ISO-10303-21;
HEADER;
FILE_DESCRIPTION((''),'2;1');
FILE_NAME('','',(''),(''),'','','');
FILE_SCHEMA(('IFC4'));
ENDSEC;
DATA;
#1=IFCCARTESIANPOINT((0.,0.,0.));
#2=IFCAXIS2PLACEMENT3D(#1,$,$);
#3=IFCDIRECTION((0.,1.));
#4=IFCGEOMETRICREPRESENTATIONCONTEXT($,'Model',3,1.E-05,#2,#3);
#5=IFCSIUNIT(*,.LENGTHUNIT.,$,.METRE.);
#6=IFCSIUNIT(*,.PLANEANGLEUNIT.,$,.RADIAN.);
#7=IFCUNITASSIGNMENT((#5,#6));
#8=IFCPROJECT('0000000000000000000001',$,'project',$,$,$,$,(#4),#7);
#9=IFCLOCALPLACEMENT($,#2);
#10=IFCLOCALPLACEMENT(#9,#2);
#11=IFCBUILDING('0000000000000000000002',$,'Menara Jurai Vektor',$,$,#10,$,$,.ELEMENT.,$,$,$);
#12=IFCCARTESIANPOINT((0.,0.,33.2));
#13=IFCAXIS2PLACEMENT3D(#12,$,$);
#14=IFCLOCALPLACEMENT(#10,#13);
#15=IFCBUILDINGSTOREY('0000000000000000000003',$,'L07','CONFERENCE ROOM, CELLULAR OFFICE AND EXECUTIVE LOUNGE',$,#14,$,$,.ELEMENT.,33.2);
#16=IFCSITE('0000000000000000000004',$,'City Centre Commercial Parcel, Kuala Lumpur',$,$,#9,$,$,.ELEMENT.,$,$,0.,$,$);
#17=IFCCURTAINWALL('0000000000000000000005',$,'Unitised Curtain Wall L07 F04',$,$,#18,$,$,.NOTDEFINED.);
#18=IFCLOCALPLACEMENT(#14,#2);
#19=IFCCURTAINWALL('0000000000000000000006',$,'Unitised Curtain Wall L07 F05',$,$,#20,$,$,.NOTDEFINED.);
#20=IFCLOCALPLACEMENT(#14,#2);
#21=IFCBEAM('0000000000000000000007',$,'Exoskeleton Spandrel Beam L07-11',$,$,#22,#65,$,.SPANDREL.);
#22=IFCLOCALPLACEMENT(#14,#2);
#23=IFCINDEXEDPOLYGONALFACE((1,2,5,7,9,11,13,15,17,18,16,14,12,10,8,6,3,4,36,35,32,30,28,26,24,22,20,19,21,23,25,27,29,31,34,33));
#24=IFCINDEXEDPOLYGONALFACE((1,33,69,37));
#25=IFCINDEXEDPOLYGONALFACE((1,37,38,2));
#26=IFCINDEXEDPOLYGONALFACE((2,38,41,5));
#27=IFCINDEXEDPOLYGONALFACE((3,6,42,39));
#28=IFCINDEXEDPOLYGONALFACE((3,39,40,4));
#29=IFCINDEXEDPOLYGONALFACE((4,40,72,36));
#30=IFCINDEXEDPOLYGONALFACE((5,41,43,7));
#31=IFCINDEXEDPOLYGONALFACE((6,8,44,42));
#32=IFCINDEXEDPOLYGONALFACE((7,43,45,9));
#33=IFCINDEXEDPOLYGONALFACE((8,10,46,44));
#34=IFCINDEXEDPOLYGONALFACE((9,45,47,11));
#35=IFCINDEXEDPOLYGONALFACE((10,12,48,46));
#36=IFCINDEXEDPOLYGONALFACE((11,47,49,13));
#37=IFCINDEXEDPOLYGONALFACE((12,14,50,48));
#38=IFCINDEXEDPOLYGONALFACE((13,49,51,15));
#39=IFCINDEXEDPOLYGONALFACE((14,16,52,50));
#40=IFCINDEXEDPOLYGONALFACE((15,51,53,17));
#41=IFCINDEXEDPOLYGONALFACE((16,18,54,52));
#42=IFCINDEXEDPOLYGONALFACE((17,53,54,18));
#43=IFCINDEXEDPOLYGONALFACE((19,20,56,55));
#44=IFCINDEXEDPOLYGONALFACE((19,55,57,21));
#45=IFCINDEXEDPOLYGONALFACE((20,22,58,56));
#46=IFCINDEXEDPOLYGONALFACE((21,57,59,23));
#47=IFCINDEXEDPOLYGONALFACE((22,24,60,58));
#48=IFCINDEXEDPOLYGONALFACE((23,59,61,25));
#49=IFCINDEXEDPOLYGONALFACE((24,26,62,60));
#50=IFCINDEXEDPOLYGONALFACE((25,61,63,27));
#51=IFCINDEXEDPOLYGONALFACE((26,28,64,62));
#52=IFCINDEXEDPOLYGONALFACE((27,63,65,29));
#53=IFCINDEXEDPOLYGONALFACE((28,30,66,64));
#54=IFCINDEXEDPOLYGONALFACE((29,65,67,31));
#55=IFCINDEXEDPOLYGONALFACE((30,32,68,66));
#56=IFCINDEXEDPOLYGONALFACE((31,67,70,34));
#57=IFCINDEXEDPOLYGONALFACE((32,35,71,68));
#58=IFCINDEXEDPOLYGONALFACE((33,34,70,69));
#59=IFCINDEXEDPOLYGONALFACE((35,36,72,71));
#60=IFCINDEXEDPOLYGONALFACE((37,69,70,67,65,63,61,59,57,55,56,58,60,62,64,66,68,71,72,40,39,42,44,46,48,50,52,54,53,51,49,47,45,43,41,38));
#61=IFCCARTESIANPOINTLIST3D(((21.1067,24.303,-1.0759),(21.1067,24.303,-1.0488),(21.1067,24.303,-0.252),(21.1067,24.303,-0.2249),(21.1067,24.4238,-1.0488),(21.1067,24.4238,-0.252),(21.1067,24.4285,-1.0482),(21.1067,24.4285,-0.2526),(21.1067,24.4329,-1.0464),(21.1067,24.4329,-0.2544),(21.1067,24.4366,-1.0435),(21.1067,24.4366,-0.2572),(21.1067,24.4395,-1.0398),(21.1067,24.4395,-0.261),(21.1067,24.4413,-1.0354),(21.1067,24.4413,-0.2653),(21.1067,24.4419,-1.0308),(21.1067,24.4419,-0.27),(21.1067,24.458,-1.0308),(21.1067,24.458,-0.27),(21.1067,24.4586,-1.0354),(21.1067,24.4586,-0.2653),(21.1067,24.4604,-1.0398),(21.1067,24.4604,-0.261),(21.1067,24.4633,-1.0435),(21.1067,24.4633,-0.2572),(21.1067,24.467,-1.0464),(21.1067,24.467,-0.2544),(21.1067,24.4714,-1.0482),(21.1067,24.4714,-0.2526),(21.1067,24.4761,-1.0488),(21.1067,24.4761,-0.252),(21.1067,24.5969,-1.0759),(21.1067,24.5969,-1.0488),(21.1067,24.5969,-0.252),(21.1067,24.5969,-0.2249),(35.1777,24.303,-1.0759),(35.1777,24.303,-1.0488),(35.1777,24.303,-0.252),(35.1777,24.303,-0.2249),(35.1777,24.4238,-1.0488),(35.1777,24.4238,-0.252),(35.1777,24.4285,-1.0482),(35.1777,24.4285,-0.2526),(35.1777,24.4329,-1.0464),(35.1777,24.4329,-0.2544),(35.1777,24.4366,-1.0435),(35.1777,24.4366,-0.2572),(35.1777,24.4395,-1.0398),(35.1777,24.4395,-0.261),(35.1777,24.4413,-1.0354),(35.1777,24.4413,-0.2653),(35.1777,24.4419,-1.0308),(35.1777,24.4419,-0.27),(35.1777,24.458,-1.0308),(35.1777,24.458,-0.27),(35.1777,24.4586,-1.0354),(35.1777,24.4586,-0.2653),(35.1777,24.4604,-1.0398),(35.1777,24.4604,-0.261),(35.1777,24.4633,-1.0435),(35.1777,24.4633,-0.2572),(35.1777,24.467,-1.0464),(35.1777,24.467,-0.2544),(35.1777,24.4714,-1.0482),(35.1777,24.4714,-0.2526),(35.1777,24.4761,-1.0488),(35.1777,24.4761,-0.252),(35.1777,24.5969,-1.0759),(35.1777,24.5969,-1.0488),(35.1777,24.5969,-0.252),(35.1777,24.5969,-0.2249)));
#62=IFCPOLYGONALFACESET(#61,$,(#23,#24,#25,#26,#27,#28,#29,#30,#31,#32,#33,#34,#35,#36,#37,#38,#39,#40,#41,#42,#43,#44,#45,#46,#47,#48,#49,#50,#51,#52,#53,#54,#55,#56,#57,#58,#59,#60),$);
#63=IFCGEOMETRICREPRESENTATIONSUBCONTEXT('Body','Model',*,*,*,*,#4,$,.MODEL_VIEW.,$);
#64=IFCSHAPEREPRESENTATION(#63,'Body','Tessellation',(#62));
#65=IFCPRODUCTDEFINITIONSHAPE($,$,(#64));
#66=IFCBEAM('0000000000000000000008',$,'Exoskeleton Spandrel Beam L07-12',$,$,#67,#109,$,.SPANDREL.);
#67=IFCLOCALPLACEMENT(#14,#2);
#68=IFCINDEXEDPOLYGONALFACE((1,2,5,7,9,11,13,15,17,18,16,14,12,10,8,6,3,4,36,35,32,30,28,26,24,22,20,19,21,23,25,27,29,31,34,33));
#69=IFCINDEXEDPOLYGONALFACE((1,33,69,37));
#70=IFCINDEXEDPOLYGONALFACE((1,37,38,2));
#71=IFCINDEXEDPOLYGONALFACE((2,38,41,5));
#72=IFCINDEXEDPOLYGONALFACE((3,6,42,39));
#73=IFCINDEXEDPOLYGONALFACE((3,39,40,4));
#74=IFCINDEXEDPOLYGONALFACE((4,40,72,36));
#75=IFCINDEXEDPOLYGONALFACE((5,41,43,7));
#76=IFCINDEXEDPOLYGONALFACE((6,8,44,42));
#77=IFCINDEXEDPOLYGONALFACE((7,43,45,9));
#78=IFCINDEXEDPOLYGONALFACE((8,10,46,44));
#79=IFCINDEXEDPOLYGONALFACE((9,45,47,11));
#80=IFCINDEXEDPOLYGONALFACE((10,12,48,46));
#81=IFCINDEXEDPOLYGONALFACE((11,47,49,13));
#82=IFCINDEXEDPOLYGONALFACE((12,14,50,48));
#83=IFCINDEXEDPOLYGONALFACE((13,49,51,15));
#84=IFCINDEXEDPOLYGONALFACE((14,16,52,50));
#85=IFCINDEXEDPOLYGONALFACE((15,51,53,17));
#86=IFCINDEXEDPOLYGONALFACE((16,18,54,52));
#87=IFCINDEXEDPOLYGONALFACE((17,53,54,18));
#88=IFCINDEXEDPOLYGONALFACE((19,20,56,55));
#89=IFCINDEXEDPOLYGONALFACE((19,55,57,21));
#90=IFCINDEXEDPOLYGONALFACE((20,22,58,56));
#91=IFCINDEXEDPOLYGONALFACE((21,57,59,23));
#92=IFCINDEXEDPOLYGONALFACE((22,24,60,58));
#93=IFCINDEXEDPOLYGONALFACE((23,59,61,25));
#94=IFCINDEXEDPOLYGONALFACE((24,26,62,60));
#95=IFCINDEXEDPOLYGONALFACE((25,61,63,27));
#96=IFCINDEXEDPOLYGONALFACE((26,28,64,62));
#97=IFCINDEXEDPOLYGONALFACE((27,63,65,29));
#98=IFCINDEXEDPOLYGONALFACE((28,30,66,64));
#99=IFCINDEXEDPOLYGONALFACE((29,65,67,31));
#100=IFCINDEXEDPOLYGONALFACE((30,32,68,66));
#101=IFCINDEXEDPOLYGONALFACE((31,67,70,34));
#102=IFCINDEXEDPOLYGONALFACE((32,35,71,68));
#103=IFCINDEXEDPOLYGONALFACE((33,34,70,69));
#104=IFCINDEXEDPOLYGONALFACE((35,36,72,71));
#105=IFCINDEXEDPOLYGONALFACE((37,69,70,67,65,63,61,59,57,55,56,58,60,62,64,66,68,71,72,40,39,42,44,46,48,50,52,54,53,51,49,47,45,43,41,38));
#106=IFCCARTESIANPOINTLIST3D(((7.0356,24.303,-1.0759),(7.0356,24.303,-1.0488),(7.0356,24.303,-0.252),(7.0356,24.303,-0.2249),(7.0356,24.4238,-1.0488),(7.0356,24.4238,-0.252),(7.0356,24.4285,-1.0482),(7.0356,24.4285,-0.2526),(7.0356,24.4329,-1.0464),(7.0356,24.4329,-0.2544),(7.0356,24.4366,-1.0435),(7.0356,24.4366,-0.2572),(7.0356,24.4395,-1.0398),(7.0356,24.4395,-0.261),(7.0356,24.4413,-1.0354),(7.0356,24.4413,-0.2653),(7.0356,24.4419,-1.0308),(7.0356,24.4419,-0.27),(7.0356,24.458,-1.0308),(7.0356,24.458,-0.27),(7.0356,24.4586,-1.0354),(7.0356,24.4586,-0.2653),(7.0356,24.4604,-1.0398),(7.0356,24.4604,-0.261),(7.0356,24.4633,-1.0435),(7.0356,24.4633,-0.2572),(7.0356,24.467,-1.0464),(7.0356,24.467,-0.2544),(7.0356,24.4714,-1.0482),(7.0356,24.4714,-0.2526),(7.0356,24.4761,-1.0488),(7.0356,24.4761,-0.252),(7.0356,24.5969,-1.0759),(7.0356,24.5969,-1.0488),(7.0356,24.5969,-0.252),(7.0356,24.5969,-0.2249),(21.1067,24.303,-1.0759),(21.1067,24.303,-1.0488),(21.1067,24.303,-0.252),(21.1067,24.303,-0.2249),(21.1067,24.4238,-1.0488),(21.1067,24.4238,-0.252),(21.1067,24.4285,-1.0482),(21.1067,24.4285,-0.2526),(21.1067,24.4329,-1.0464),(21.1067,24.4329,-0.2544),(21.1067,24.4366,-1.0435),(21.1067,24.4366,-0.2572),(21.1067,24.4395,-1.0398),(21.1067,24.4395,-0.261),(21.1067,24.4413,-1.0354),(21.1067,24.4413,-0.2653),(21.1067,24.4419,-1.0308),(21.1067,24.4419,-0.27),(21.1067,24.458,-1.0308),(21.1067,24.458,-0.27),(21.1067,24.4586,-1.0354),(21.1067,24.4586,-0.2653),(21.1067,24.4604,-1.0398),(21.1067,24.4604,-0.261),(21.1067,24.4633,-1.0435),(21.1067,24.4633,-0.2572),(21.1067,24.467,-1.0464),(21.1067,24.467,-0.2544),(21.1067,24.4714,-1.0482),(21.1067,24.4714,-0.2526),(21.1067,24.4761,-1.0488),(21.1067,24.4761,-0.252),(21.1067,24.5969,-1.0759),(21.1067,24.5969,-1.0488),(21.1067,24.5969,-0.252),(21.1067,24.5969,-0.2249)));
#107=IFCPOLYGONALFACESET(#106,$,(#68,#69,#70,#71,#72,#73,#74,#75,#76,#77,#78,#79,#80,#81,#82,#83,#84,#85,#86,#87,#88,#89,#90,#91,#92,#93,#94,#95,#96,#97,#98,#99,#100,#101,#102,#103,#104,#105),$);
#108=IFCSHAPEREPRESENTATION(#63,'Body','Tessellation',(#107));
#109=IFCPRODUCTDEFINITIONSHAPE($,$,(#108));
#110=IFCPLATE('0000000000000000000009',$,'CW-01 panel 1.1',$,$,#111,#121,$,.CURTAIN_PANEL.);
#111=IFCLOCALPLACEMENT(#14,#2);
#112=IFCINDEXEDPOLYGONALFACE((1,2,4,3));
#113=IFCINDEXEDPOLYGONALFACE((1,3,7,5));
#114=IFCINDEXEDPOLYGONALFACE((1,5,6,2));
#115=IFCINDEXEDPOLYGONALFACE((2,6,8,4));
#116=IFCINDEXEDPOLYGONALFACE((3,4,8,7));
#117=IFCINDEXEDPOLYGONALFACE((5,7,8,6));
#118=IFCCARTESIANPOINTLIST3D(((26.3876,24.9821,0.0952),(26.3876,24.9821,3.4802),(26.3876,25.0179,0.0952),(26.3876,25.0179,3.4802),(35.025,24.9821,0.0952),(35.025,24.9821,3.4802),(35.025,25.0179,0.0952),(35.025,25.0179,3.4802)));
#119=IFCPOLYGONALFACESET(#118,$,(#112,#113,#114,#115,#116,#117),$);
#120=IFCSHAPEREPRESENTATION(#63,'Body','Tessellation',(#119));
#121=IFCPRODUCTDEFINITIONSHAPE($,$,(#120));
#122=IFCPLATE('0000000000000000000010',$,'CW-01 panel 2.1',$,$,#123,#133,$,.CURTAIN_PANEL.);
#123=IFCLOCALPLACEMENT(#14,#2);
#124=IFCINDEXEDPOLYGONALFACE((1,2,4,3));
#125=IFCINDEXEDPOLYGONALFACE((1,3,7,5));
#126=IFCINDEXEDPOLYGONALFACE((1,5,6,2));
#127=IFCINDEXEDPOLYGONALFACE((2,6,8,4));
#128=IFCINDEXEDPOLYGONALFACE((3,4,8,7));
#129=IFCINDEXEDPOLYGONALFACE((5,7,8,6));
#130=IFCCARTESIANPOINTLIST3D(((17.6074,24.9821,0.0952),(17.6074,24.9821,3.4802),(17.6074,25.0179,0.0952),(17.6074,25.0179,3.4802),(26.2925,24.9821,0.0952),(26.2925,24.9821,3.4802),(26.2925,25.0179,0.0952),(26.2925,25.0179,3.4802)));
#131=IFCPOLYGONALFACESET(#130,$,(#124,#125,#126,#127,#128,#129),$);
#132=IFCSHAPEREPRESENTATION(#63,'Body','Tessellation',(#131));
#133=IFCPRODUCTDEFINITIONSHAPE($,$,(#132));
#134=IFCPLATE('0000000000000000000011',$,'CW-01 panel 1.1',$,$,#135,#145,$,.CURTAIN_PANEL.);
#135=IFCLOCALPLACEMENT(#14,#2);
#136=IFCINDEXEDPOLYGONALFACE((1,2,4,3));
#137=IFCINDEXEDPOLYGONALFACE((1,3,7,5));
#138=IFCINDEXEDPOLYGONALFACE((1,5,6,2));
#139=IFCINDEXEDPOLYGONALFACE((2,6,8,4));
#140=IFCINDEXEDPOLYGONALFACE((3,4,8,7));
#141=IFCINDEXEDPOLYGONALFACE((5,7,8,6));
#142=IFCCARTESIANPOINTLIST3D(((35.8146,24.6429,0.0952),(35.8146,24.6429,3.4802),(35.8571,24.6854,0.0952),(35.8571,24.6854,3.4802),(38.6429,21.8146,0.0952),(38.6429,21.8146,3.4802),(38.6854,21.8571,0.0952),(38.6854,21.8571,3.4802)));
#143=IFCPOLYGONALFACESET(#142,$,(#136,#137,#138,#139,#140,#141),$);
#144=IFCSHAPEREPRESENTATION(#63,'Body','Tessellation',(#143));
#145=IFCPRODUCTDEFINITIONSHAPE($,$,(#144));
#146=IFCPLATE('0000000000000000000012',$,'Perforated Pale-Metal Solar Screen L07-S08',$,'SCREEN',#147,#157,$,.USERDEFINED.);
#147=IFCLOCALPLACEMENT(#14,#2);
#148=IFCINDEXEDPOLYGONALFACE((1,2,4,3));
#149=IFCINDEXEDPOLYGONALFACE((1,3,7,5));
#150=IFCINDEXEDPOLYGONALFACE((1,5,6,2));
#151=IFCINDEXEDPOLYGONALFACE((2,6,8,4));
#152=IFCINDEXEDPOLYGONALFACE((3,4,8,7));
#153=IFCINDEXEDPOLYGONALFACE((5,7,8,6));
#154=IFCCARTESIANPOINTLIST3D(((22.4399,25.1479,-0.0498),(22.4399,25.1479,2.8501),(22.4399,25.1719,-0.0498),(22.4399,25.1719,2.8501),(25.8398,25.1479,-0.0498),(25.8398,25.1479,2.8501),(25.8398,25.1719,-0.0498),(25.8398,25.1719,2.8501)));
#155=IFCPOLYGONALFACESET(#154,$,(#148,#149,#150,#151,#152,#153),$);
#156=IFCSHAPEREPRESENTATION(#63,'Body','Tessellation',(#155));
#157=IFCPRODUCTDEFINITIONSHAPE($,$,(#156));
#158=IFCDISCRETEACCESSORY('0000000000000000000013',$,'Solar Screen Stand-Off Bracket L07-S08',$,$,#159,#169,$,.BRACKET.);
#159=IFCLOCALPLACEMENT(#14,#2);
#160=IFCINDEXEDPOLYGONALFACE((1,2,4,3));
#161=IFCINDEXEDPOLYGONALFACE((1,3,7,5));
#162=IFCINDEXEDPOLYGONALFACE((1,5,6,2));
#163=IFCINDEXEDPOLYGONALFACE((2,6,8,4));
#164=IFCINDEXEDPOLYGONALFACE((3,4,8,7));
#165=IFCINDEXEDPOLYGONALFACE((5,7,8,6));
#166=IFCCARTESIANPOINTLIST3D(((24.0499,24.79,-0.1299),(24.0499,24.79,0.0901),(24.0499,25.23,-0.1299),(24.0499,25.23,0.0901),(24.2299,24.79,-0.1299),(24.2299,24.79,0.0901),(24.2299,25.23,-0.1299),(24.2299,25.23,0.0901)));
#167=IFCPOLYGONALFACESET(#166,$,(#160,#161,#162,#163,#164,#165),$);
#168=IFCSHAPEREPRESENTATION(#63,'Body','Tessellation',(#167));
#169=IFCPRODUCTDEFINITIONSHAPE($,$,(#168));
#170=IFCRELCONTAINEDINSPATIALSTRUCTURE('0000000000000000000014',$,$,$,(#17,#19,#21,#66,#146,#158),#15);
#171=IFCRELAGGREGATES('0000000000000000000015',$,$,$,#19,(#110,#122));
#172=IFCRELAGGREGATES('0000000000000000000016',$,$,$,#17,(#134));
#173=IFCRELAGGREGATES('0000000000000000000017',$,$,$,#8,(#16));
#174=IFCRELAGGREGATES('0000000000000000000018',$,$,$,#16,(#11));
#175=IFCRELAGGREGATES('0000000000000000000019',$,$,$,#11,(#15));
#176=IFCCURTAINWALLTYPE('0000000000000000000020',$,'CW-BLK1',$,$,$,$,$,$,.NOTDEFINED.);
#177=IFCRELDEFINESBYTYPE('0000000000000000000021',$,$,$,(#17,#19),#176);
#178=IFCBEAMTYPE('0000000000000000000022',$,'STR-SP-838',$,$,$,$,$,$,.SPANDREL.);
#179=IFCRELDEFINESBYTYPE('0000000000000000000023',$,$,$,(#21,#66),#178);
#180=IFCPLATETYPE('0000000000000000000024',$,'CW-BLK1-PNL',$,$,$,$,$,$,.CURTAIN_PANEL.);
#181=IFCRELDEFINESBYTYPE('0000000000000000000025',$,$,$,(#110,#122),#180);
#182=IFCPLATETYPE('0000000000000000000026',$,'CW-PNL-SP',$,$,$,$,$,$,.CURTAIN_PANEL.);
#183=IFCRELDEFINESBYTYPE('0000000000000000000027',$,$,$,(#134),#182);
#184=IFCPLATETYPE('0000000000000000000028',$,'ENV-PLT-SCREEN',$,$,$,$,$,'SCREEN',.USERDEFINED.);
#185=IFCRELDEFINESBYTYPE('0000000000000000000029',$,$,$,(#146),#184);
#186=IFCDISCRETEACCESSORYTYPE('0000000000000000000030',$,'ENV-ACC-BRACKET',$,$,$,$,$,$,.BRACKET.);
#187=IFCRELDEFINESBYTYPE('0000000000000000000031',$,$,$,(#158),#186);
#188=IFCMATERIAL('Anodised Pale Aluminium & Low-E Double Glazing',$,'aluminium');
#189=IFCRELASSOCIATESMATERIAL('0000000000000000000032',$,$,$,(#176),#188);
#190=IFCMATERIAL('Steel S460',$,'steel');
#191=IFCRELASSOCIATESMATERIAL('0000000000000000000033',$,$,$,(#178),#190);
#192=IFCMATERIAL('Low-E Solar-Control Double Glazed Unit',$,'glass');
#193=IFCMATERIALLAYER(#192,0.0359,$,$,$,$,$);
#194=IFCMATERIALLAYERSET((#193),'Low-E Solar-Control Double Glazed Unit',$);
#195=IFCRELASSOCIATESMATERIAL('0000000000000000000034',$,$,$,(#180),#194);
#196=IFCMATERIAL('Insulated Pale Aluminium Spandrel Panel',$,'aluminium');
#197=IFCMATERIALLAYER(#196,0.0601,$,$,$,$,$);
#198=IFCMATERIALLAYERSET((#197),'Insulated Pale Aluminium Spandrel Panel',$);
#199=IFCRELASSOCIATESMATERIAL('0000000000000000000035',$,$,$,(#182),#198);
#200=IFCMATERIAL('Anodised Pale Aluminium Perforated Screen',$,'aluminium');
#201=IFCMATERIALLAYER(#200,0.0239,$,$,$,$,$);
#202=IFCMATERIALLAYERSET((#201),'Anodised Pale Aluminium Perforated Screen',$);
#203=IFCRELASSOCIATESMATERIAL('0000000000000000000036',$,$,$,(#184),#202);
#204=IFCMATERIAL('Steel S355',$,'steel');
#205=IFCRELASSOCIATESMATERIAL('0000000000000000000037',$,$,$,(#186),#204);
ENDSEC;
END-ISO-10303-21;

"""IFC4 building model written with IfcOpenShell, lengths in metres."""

from ifc_helpers import new_model, si_unit, direction, frame, origin, origin_2d, place, context, subcontext, project, spatial, rectangle, i_section, extrude, material, layer, layer_set, material_profile, profile_set, type_object, element, aggregate, save


model = new_model("IFC4")

# Units and contexts
model_context = context("Model", 3, precision=1e-05, world=origin(), true_north=direction((0.0, 1.0)))
body_context = subcontext(model_context, "Body", "Model", "MODEL_VIEW")
ifc_project = project(units=[si_unit("LENGTHUNIT", "METRE"), si_unit("PLANEANGLEUNIT", "RADIAN")], contexts=[model_context])

# Site, building, storey
site_placement = place(None, origin())
site = spatial("IfcSite", under=ifc_project, at=site_placement, Name="City Centre Commercial Parcel, Kuala Lumpur", CompositionType="ELEMENT", RefElevation=0.0)
building_placement = place(site_placement, origin())
building = spatial("IfcBuilding", under=site, at=building_placement, Name="Menara Jurai Vektor", CompositionType="ELEMENT")
storey_placement = place(building_placement, frame((0.0, 0.0, 33.2)))
storey = spatial("IfcBuildingStorey", under=building, at=storey_placement, Name="L07", Description="CONFERENCE ROOM, CELLULAR OFFICE AND EXECUTIVE LOUNGE", CompositionType="ELEMENT", Elevation=33.2)

# Shared definitions
ifc_material_1 = material(Name="Steel S460", Category="steel")

# Curtain wall
ifc_material_2 = material(Name="Anodised Pale Aluminium & Low-E Double Glazing", Category="aluminium")
curtain_wall_type = type_object("IfcCurtainWallType", Name="CW-BLK1", PredefinedType="NOTDEFINED", material=ifc_material_2)
curtain_wall_1_placement = place(storey_placement, origin())
curtain_wall_1 = element("IfcCurtainWall", 1, at=curtain_wall_1_placement, inside=storey, type_object=curtain_wall_type, Name="Unitised Curtain Wall L07 F04", PredefinedType="NOTDEFINED")

# Curtain wall
curtain_wall_2_placement = place(storey_placement, origin())
curtain_wall_2 = element("IfcCurtainWall", 2, at=curtain_wall_2_placement, inside=storey, type_object=curtain_wall_type, Name="Unitised Curtain Wall L07 F05", PredefinedType="NOTDEFINED")

# Shared definitions
ifc_material_3 = material(Name="Steel S355", Category="steel")

# Beams
ifc_material_profile_1 = material_profile(ifc_material_1, i_section(OverallWidth=0.2939, OverallDepth=0.8511, WebThickness=0.0161, FlangeThickness=0.0271, FilletRadius=0.0181, at=origin_2d()), Name="UKB 838x292x226")
ifc_profile_set_1 = profile_set([ifc_material_profile_1], Name="Steel S460")
beam_type_1 = type_object("IfcBeamType", Name="STR-SP-838", PredefinedType="SPANDREL", material=ifc_profile_set_1)
for number, where, z_axis, x_axis, name in (
    (3, (35.1777, 24.45, -0.6504), (-1.0, 0.0, 0.0), (0.0, -1.0, 0.0), "Exoskeleton Spandrel Beam L07-11"),
    (4, (21.1067, 24.45, -0.6504), (-1.0, 0.0, 0.0), (0.0, -1.0, 0.0), "Exoskeleton Spandrel Beam L07-12"),
):
    element("IfcBeam", number, at=place(storey_placement, frame(where, z_axis=z_axis, x_axis=x_axis)), inside=storey, type_object=beam_type_1, Name=name, PredefinedType="SPANDREL", context=body_context, shape_type="SweptSolid", body=[
        extrude(i_section(OverallWidth=0.2939, OverallDepth=0.8511, WebThickness=0.0161, FlangeThickness=0.0271, FilletRadius=0.0181, at=origin_2d()), origin(), (0.0, 0.0, 1.0), 14.071),
    ])

# Plates
ifc_material_4 = material(Name="Low-E Solar-Control Double Glazed Unit", Category="glass")
ifc_layer_1 = layer(ifc_material_4, 0.0359)
ifc_layer_set_1 = layer_set([ifc_layer_1], Name="Low-E Solar-Control Double Glazed Unit")
plate_type_1 = type_object("IfcPlateType", Name="CW-BLK1-PNL", PredefinedType="CURTAIN_PANEL", material=ifc_layer_set_1)
plate_1_placement = place(storey_placement, frame((30.7063, 25.0, 0.0952), z_axis=(0.0, 0.0, 1.0), x_axis=(-1.0, 0.0, 0.0)))
plate_1 = element("IfcPlate", 5, at=plate_1_placement, type_object=plate_type_1, Name="CW-01 panel 1.1", PredefinedType="CURTAIN_PANEL", context=body_context, shape_type="SweptSolid", body=[
    extrude(rectangle(XDim=8.6375, YDim=0.0359, at=origin_2d()), origin(), (0.0, 0.0, 1.0), 3.385),
])
plate_2_placement = place(storey_placement, frame((21.95, 25.0, 0.0952), z_axis=(0.0, 0.0, 1.0), x_axis=(-1.0, 0.0, 0.0)))
plate_2 = element("IfcPlate", 6, at=plate_2_placement, type_object=plate_type_1, Name="CW-01 panel 2.1", PredefinedType="CURTAIN_PANEL", context=body_context, shape_type="SweptSolid", body=[
    extrude(rectangle(XDim=8.6851, YDim=0.0359, at=origin_2d()), origin(), (0.0, 0.0, 1.0), 3.385),
])
aggregate(curtain_wall_2, [plate_1, plate_2])
ifc_material_5 = material(Name="Insulated Pale Aluminium Spandrel Panel", Category="aluminium")
ifc_layer_2 = layer(ifc_material_5, 0.0601)
ifc_layer_set_2 = layer_set([ifc_layer_2], Name="Insulated Pale Aluminium Spandrel Panel")
plate_type_2 = type_object("IfcPlateType", Name="CW-PNL-SP", PredefinedType="CURTAIN_PANEL", material=ifc_layer_set_2)
plate_3_placement = place(storey_placement, frame((37.25, 23.25, 0.0952), z_axis=(0.0, 0.0, 1.0), x_axis=(-0.707107, 0.707107, 0.0)))
plate_3 = element("IfcPlate", 7, at=plate_3_placement, type_object=plate_type_2, Name="CW-01 panel 1.1", PredefinedType="CURTAIN_PANEL", context=body_context, shape_type="SweptSolid", body=[
    extrude(rectangle(XDim=3.9998, YDim=0.0601, at=origin_2d()), origin(), (0.0, 0.0, 1.0), 3.385),
])
aggregate(curtain_wall_1, [plate_3])
ifc_material_6 = material(Name="Anodised Pale Aluminium Perforated Screen", Category="aluminium")
ifc_layer_3 = layer(ifc_material_6, 0.0239)
ifc_layer_set_3 = layer_set([ifc_layer_3], Name="Anodised Pale Aluminium Perforated Screen")
plate_type_3 = type_object("IfcPlateType", Name="ENV-PLT-SCREEN", ElementType="SCREEN", PredefinedType="USERDEFINED", material=ifc_layer_set_3)
plate_4_placement = place(storey_placement, frame((24.1399, 25.1599, -0.0498), z_axis=(0.0, 0.0, 1.0), x_axis=(-1.0, 0.0, 0.0)))
element("IfcPlate", 8, at=plate_4_placement, inside=storey, type_object=plate_type_3, Name="Perforated Pale-Metal Solar Screen L07-S08", ObjectType="SCREEN", PredefinedType="USERDEFINED", context=body_context, shape_type="SweptSolid", body=[
    extrude(rectangle(XDim=3.3999, YDim=0.0239, at=origin_2d()), origin(), (0.0, 0.0, 1.0), 2.8999),
])

# Discrete accessory
discrete_accessory_type = type_object("IfcDiscreteAccessoryType", Name="ENV-ACC-BRACKET", PredefinedType="BRACKET", material=ifc_material_3)
discrete_accessory_placement = place(storey_placement, frame((24.1399, 25.01, -0.1299), z_axis=(0.0, 0.0, 1.0), x_axis=(-1.0, 0.0, 0.0)))
element("IfcDiscreteAccessory", 9, at=discrete_accessory_placement, inside=storey, type_object=discrete_accessory_type, Name="Solar Screen Stand-Off Bracket L07-S08", PredefinedType="BRACKET", context=body_context, shape_type="SweptSolid", body=[
    extrude(rectangle(XDim=0.1799, YDim=0.4399, at=origin_2d()), origin(), (0.0, 0.0, 1.0), 0.22),
])

save(model, "model.ifc")
